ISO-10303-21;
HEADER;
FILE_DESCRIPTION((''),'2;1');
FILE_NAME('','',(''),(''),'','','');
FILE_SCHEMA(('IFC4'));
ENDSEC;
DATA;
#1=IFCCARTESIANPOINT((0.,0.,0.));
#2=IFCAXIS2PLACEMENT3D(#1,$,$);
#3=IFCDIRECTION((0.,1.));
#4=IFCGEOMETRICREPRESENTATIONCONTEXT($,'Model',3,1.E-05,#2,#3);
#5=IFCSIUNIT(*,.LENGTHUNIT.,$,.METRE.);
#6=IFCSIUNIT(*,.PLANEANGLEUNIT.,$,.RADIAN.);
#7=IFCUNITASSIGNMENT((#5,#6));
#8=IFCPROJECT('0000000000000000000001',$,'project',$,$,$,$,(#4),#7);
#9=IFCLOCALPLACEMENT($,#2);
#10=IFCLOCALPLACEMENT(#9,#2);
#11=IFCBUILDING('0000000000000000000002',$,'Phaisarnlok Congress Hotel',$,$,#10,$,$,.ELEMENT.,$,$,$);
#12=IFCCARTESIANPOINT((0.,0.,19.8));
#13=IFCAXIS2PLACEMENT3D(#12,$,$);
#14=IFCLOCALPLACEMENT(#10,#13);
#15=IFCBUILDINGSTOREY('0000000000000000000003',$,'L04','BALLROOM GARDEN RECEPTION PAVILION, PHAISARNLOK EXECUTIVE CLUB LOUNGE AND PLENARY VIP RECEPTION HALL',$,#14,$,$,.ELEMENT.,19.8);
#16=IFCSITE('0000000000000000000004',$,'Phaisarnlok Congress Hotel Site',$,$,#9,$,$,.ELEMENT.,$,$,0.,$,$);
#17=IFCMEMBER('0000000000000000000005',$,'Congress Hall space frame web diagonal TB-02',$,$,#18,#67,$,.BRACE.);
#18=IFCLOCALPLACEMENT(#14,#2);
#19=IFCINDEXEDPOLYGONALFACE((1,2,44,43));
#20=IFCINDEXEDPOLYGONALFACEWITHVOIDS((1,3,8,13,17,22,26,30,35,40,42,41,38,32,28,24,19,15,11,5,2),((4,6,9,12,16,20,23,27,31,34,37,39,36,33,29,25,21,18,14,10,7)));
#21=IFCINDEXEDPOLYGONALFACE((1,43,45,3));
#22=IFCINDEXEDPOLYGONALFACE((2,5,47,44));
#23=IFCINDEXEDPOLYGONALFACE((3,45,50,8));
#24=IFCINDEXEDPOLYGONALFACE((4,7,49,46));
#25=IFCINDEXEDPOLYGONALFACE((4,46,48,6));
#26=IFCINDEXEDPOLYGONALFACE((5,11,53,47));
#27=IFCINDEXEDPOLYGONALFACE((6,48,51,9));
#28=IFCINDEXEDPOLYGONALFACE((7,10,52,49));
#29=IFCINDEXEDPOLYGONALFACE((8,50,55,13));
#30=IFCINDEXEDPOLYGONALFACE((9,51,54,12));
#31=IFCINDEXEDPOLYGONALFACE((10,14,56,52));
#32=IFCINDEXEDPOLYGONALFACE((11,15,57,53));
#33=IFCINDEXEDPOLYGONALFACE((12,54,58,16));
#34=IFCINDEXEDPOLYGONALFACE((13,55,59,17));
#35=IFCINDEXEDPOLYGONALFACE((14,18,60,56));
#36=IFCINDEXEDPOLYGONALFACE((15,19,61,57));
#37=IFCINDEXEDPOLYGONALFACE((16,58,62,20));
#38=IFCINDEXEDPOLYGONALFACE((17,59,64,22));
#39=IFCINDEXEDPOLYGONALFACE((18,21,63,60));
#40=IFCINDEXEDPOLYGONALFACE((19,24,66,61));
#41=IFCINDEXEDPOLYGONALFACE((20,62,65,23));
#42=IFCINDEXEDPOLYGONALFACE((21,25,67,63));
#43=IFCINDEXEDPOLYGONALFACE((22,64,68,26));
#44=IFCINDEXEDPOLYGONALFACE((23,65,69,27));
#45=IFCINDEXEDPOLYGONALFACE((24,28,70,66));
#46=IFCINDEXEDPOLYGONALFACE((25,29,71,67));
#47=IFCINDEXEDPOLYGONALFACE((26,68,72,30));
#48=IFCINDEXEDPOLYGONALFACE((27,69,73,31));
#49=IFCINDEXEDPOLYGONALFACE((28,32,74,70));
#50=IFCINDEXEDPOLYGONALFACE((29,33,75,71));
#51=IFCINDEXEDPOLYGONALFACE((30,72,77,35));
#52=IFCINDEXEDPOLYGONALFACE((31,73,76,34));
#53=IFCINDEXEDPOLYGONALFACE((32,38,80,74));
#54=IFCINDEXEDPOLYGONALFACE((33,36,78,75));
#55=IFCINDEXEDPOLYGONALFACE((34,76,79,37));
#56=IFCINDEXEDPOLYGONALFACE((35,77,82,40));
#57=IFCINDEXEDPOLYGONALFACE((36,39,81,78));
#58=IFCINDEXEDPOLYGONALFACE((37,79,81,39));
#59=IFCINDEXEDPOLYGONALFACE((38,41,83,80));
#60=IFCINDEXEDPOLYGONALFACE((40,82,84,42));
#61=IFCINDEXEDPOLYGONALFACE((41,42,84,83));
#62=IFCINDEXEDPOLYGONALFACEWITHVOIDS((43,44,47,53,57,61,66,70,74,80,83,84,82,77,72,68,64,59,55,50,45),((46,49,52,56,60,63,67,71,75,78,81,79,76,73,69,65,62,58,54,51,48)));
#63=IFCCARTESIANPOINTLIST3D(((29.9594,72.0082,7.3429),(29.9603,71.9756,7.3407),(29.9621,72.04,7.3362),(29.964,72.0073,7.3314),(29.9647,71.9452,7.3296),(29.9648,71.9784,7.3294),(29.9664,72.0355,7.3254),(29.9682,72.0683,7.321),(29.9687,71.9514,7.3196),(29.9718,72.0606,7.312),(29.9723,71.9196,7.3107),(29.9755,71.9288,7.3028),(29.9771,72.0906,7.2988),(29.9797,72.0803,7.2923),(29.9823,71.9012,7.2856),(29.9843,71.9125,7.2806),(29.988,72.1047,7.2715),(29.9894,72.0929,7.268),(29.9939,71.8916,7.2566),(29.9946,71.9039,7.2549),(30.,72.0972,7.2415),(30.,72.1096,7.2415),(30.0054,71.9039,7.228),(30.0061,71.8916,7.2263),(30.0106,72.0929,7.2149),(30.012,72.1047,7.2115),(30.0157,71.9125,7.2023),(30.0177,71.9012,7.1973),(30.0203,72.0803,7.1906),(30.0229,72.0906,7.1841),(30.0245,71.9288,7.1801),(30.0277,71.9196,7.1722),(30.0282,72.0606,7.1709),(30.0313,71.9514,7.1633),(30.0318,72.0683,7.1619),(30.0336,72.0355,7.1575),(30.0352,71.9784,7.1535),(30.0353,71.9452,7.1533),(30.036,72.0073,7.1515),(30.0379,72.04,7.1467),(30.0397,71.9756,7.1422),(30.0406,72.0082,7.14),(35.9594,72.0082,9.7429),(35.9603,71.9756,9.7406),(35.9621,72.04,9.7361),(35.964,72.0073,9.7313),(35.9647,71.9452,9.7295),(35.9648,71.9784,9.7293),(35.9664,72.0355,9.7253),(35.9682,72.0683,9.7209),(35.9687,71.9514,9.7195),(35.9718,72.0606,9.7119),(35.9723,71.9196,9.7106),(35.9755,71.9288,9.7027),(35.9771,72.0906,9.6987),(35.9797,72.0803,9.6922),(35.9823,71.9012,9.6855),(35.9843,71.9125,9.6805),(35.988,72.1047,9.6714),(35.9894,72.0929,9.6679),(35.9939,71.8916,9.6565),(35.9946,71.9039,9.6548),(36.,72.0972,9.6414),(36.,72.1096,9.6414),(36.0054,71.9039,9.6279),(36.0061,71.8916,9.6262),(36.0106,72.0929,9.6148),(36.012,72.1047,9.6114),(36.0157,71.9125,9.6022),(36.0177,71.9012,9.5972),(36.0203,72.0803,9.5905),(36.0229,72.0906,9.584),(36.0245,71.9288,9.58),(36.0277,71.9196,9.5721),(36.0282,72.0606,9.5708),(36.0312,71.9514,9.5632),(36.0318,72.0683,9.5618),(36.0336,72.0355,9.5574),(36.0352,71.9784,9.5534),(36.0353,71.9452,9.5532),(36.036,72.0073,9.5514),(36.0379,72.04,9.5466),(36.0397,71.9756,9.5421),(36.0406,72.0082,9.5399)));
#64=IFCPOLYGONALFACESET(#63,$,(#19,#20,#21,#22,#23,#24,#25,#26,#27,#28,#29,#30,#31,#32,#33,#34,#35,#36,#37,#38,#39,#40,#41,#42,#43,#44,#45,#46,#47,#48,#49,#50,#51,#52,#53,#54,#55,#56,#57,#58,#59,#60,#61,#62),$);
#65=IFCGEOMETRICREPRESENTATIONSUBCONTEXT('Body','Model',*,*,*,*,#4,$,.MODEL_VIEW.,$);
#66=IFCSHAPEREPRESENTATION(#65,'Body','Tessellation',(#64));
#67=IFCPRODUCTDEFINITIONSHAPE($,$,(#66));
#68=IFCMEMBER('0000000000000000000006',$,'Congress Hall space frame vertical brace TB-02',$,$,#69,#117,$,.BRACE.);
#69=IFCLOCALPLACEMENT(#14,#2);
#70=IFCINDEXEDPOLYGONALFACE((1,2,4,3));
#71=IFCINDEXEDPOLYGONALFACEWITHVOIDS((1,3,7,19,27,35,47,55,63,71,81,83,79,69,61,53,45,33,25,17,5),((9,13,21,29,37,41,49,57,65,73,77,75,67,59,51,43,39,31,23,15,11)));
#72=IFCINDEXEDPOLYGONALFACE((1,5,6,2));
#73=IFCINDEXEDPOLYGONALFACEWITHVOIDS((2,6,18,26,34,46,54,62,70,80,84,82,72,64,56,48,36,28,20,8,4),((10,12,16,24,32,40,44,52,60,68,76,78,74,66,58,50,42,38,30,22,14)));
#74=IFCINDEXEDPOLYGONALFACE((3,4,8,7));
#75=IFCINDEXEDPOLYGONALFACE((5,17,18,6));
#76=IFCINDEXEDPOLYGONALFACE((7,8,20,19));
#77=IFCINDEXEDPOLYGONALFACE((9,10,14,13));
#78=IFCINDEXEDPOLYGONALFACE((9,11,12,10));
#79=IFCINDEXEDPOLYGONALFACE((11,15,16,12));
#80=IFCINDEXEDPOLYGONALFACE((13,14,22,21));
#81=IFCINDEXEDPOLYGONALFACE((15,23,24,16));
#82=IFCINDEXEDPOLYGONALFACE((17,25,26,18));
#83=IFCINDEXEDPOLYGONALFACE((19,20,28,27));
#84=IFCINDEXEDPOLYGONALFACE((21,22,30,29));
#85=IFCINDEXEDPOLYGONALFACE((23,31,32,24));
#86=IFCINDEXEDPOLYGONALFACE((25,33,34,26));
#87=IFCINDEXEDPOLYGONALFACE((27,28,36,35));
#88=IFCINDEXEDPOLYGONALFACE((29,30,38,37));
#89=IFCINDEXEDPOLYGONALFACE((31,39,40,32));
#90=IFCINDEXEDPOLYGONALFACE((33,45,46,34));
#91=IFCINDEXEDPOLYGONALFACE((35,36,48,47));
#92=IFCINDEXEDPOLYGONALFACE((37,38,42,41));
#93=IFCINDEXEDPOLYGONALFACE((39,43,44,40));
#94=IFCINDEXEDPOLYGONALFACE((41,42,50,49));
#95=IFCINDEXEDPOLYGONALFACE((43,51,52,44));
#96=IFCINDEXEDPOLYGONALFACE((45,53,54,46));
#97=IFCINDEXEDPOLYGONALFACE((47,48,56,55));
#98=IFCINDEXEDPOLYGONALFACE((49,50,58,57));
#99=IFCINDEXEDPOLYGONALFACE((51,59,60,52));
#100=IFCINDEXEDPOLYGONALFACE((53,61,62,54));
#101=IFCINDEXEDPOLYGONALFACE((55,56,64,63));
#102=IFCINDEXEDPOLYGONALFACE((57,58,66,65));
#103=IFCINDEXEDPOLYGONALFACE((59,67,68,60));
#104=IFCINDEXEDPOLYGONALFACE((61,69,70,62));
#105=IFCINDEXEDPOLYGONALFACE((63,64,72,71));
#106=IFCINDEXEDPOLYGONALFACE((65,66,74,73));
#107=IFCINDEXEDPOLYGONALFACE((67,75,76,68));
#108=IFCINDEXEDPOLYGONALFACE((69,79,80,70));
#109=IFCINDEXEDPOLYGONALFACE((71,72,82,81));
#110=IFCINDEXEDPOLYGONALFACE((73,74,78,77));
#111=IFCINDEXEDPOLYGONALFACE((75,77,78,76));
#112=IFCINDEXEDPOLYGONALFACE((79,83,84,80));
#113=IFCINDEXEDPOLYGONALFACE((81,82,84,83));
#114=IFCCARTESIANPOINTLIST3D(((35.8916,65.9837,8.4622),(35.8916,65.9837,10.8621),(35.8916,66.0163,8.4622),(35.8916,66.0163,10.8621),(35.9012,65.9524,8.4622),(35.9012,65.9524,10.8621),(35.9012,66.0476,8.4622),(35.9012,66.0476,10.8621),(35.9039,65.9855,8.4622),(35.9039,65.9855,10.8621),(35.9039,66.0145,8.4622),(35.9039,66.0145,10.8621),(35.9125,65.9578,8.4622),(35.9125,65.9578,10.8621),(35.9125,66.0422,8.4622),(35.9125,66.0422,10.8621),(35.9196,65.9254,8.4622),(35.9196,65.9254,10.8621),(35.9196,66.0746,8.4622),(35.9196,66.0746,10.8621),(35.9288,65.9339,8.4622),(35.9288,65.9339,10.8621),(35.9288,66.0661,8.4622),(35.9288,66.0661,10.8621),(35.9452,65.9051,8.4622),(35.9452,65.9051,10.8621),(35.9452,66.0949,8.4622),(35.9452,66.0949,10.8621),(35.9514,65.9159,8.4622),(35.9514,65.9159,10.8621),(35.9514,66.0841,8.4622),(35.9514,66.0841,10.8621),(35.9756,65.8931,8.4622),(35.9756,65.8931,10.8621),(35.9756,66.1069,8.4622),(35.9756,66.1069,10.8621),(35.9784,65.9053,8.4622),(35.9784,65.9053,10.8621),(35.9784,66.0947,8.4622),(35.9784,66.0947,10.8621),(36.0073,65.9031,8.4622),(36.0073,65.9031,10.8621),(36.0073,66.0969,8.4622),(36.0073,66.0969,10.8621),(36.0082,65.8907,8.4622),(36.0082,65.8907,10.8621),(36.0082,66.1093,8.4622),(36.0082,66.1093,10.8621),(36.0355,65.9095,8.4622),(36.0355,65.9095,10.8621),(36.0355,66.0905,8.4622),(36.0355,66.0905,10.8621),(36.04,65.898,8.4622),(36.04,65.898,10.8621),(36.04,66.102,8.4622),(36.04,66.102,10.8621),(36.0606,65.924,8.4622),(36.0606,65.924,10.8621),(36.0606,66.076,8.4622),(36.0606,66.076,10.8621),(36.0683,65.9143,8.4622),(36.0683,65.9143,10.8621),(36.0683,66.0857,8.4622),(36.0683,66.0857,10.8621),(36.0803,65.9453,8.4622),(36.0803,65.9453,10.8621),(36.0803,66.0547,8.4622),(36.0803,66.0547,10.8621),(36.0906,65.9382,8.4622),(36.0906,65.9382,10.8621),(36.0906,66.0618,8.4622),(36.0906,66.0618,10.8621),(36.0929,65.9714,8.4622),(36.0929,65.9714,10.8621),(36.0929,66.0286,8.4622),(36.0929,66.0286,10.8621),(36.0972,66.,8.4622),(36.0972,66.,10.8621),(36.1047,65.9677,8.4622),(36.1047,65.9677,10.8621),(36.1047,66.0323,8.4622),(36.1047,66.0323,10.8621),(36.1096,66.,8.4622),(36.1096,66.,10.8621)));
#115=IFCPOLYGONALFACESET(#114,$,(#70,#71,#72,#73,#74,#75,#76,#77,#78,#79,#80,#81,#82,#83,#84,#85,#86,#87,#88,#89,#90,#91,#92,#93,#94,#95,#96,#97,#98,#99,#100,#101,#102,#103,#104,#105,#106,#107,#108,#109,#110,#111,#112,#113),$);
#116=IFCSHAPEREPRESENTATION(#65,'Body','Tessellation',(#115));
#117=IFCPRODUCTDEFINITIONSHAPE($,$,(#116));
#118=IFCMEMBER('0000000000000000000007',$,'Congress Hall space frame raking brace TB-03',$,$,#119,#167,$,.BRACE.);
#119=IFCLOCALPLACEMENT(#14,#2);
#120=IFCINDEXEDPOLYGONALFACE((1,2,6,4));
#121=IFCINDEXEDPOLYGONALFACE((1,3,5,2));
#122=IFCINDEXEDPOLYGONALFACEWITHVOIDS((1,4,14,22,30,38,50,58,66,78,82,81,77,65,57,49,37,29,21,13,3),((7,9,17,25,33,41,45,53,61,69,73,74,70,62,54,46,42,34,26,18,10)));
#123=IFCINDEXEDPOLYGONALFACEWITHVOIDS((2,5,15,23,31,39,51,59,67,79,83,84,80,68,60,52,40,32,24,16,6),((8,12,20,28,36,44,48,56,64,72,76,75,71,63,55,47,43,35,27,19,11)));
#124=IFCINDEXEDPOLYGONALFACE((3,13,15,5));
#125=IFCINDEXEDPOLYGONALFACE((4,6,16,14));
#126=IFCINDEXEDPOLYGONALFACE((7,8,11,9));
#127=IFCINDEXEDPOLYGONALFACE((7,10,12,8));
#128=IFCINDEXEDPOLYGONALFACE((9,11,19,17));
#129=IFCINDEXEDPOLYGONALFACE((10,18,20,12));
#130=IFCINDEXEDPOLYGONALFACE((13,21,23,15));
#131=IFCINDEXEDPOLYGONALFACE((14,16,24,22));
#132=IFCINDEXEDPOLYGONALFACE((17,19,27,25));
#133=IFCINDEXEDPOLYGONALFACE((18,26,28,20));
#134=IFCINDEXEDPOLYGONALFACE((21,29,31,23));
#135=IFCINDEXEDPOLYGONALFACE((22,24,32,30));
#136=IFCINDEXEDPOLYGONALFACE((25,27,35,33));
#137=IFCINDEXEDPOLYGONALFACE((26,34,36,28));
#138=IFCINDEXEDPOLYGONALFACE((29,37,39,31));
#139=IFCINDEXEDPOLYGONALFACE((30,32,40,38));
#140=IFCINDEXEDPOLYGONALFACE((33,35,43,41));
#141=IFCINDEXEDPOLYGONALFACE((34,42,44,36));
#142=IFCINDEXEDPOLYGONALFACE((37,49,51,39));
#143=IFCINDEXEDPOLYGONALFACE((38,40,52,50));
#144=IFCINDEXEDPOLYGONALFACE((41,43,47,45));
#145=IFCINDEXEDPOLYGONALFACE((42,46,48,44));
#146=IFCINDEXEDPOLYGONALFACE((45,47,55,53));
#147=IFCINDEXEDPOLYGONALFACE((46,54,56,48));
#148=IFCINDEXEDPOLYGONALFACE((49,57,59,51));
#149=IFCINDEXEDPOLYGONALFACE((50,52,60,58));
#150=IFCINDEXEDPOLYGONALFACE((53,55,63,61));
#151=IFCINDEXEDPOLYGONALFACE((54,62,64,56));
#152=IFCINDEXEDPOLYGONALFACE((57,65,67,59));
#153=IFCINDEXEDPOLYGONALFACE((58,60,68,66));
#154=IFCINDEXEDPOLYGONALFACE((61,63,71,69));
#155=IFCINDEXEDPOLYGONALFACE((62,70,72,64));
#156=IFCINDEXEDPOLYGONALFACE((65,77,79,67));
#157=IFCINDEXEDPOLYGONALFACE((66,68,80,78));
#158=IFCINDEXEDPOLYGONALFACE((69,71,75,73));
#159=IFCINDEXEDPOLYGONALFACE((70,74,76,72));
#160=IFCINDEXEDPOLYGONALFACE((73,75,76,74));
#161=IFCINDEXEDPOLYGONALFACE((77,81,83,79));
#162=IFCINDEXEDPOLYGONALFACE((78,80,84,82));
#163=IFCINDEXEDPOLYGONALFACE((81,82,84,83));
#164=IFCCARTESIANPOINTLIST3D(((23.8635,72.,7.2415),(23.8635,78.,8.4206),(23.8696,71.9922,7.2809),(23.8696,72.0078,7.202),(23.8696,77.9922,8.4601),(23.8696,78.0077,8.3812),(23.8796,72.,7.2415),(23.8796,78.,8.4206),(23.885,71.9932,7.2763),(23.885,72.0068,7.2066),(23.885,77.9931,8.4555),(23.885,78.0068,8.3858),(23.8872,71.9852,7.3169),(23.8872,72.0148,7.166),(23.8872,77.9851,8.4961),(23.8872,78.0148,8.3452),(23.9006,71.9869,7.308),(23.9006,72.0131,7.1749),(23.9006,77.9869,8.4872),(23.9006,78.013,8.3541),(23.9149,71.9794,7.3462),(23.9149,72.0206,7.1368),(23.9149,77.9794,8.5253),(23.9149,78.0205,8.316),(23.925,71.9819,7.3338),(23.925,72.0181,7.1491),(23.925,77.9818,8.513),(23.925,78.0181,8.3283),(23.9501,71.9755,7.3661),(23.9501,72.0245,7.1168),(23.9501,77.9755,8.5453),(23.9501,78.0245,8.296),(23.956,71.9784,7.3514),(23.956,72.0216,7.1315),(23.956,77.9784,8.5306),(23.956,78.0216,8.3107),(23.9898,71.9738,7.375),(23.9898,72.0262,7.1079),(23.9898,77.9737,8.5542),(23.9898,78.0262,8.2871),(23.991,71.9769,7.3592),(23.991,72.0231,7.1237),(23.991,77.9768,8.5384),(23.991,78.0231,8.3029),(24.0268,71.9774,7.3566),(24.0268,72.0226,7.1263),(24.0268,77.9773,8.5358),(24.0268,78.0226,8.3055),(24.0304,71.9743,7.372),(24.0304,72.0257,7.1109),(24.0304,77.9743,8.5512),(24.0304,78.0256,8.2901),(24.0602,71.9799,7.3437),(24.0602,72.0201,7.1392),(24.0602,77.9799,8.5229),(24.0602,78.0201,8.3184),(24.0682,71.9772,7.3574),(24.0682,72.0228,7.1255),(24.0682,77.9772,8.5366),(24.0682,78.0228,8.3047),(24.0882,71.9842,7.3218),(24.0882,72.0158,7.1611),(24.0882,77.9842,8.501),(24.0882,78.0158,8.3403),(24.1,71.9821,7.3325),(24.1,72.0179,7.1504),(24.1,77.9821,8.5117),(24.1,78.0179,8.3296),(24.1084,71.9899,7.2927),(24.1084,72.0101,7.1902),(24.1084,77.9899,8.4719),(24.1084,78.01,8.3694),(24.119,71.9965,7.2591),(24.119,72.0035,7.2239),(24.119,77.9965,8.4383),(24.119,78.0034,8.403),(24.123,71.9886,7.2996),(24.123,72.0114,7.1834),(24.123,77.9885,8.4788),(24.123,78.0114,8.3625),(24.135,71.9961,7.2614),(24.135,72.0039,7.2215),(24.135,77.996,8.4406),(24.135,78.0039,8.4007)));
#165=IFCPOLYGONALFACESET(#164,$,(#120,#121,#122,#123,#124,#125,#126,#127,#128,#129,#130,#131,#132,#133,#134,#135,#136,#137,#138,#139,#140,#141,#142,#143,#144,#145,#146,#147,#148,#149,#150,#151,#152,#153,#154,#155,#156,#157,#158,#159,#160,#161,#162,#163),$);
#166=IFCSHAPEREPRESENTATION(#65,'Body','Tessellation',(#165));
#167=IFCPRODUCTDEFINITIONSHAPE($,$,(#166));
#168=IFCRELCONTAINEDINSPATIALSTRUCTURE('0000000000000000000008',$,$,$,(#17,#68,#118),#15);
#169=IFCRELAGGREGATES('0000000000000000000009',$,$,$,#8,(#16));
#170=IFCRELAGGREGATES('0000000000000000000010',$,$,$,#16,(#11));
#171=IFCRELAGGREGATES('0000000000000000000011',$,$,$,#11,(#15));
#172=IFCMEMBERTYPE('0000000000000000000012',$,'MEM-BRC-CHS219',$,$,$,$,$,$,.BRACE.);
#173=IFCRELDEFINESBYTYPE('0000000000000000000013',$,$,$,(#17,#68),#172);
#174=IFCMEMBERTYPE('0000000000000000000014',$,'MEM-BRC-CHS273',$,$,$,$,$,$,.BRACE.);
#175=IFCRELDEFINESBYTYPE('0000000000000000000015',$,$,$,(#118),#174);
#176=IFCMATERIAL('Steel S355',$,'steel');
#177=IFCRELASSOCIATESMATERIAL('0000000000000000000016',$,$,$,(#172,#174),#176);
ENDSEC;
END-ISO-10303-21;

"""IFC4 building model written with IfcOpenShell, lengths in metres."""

from ifc_helpers import new_model, si_unit, direction, frame, origin, origin_2d, place, context, subcontext, project, spatial, hollow_circle, extrude, material, material_profile, profile_set, type_object, element, save


model = new_model("IFC4")

# Units and contexts
model_context = context("Model", 3, precision=1e-05, world=origin(), true_north=direction((0.0, 1.0)))
body_context = subcontext(model_context, "Body", "Model", "MODEL_VIEW")
ifc_project = project(units=[si_unit("LENGTHUNIT", "METRE"), si_unit("PLANEANGLEUNIT", "RADIAN")], contexts=[model_context])

# Site, building, storey
site_placement = place(None, origin())
site = spatial("IfcSite", under=ifc_project, at=site_placement, Name="Phaisarnlok Congress Hotel Site", CompositionType="ELEMENT", RefElevation=0.0)
building_placement = place(site_placement, origin())
building = spatial("IfcBuilding", under=site, at=building_placement, Name="Phaisarnlok Congress Hotel", CompositionType="ELEMENT")
storey_placement = place(building_placement, frame((0.0, 0.0, 19.8)))
storey = spatial("IfcBuildingStorey", under=building, at=storey_placement, Name="L04", Description="BALLROOM GARDEN RECEPTION PAVILION, PHAISARNLOK EXECUTIVE CLUB LOUNGE AND PLENARY VIP RECEPTION HALL", CompositionType="ELEMENT", Elevation=19.8)

# Members
ifc_material = material(Name="Steel S355", Category="steel")
ifc_material_profile_1 = material_profile(ifc_material, hollow_circle(Radius=0.1096, WallThickness=0.0125, at=origin_2d()), Name="CHS 219.1x12.5")
ifc_profile_set_1 = profile_set([ifc_material_profile_1], Name="Steel S355")
member_type_1 = type_object("IfcMemberType", Name="MEM-BRC-CHS219", PredefinedType="BRACE", material=ifc_profile_set_1)
member_1_placement = place(storey_placement, frame((30.0, 72.0, 7.2415), z_axis=(0.928482, 0.0, 0.371378), x_axis=(0.0, 1.0, 0.0)))
element("IfcMember", 1, at=member_1_placement, inside=storey, type_object=member_type_1, Name="Congress Hall space frame web diagonal TB-02", PredefinedType="BRACE", context=body_context, shape_type="SweptSolid", body=[
    extrude(hollow_circle(Radius=0.1096, WallThickness=0.0125, at=origin_2d()), origin(), (0.0, 0.0, 1.0), 6.4622),
])
member_2_placement = place(storey_placement, frame((36.0, 66.0, 8.4622), z_axis=(0.0, 0.0, 1.0), x_axis=(1.0, 0.0, 0.0)))
element("IfcMember", 2, at=member_2_placement, inside=storey, type_object=member_type_1, Name="Congress Hall space frame vertical brace TB-02", PredefinedType="BRACE", context=body_context, shape_type="SweptSolid", body=[
    extrude(hollow_circle(Radius=0.1096, WallThickness=0.0125, at=origin_2d()), origin(), (0.0, 0.0, 1.0), 2.3999),
])
ifc_material_profile_2 = material_profile(ifc_material, hollow_circle(Radius=0.1365, WallThickness=0.0161, at=origin_2d()), Name="CHS 273x16")
ifc_profile_set_2 = profile_set([ifc_material_profile_2], Name="Steel S355")
member_type_2 = type_object("IfcMemberType", Name="MEM-BRC-CHS273", PredefinedType="BRACE", material=ifc_profile_set_2)
for number, where, z_axis, x_axis, name in (
    (3, (24.0, 72.0, 7.2415), (0.0, 0.981229, 0.192844), (-1.0, 0.0, 0.0), "Congress Hall space frame raking brace TB-03"),
):
    element("IfcMember", number, at=place(storey_placement, frame(where, z_axis=z_axis, x_axis=x_axis)), inside=storey, type_object=member_type_2, Name=name, PredefinedType="BRACE", context=body_context, shape_type="SweptSolid", body=[
        extrude(hollow_circle(Radius=0.1365, WallThickness=0.0161, at=origin_2d()), origin(), (0.0, 0.0, 1.0), 6.1147),
    ])

save(model, "model.ifc")
